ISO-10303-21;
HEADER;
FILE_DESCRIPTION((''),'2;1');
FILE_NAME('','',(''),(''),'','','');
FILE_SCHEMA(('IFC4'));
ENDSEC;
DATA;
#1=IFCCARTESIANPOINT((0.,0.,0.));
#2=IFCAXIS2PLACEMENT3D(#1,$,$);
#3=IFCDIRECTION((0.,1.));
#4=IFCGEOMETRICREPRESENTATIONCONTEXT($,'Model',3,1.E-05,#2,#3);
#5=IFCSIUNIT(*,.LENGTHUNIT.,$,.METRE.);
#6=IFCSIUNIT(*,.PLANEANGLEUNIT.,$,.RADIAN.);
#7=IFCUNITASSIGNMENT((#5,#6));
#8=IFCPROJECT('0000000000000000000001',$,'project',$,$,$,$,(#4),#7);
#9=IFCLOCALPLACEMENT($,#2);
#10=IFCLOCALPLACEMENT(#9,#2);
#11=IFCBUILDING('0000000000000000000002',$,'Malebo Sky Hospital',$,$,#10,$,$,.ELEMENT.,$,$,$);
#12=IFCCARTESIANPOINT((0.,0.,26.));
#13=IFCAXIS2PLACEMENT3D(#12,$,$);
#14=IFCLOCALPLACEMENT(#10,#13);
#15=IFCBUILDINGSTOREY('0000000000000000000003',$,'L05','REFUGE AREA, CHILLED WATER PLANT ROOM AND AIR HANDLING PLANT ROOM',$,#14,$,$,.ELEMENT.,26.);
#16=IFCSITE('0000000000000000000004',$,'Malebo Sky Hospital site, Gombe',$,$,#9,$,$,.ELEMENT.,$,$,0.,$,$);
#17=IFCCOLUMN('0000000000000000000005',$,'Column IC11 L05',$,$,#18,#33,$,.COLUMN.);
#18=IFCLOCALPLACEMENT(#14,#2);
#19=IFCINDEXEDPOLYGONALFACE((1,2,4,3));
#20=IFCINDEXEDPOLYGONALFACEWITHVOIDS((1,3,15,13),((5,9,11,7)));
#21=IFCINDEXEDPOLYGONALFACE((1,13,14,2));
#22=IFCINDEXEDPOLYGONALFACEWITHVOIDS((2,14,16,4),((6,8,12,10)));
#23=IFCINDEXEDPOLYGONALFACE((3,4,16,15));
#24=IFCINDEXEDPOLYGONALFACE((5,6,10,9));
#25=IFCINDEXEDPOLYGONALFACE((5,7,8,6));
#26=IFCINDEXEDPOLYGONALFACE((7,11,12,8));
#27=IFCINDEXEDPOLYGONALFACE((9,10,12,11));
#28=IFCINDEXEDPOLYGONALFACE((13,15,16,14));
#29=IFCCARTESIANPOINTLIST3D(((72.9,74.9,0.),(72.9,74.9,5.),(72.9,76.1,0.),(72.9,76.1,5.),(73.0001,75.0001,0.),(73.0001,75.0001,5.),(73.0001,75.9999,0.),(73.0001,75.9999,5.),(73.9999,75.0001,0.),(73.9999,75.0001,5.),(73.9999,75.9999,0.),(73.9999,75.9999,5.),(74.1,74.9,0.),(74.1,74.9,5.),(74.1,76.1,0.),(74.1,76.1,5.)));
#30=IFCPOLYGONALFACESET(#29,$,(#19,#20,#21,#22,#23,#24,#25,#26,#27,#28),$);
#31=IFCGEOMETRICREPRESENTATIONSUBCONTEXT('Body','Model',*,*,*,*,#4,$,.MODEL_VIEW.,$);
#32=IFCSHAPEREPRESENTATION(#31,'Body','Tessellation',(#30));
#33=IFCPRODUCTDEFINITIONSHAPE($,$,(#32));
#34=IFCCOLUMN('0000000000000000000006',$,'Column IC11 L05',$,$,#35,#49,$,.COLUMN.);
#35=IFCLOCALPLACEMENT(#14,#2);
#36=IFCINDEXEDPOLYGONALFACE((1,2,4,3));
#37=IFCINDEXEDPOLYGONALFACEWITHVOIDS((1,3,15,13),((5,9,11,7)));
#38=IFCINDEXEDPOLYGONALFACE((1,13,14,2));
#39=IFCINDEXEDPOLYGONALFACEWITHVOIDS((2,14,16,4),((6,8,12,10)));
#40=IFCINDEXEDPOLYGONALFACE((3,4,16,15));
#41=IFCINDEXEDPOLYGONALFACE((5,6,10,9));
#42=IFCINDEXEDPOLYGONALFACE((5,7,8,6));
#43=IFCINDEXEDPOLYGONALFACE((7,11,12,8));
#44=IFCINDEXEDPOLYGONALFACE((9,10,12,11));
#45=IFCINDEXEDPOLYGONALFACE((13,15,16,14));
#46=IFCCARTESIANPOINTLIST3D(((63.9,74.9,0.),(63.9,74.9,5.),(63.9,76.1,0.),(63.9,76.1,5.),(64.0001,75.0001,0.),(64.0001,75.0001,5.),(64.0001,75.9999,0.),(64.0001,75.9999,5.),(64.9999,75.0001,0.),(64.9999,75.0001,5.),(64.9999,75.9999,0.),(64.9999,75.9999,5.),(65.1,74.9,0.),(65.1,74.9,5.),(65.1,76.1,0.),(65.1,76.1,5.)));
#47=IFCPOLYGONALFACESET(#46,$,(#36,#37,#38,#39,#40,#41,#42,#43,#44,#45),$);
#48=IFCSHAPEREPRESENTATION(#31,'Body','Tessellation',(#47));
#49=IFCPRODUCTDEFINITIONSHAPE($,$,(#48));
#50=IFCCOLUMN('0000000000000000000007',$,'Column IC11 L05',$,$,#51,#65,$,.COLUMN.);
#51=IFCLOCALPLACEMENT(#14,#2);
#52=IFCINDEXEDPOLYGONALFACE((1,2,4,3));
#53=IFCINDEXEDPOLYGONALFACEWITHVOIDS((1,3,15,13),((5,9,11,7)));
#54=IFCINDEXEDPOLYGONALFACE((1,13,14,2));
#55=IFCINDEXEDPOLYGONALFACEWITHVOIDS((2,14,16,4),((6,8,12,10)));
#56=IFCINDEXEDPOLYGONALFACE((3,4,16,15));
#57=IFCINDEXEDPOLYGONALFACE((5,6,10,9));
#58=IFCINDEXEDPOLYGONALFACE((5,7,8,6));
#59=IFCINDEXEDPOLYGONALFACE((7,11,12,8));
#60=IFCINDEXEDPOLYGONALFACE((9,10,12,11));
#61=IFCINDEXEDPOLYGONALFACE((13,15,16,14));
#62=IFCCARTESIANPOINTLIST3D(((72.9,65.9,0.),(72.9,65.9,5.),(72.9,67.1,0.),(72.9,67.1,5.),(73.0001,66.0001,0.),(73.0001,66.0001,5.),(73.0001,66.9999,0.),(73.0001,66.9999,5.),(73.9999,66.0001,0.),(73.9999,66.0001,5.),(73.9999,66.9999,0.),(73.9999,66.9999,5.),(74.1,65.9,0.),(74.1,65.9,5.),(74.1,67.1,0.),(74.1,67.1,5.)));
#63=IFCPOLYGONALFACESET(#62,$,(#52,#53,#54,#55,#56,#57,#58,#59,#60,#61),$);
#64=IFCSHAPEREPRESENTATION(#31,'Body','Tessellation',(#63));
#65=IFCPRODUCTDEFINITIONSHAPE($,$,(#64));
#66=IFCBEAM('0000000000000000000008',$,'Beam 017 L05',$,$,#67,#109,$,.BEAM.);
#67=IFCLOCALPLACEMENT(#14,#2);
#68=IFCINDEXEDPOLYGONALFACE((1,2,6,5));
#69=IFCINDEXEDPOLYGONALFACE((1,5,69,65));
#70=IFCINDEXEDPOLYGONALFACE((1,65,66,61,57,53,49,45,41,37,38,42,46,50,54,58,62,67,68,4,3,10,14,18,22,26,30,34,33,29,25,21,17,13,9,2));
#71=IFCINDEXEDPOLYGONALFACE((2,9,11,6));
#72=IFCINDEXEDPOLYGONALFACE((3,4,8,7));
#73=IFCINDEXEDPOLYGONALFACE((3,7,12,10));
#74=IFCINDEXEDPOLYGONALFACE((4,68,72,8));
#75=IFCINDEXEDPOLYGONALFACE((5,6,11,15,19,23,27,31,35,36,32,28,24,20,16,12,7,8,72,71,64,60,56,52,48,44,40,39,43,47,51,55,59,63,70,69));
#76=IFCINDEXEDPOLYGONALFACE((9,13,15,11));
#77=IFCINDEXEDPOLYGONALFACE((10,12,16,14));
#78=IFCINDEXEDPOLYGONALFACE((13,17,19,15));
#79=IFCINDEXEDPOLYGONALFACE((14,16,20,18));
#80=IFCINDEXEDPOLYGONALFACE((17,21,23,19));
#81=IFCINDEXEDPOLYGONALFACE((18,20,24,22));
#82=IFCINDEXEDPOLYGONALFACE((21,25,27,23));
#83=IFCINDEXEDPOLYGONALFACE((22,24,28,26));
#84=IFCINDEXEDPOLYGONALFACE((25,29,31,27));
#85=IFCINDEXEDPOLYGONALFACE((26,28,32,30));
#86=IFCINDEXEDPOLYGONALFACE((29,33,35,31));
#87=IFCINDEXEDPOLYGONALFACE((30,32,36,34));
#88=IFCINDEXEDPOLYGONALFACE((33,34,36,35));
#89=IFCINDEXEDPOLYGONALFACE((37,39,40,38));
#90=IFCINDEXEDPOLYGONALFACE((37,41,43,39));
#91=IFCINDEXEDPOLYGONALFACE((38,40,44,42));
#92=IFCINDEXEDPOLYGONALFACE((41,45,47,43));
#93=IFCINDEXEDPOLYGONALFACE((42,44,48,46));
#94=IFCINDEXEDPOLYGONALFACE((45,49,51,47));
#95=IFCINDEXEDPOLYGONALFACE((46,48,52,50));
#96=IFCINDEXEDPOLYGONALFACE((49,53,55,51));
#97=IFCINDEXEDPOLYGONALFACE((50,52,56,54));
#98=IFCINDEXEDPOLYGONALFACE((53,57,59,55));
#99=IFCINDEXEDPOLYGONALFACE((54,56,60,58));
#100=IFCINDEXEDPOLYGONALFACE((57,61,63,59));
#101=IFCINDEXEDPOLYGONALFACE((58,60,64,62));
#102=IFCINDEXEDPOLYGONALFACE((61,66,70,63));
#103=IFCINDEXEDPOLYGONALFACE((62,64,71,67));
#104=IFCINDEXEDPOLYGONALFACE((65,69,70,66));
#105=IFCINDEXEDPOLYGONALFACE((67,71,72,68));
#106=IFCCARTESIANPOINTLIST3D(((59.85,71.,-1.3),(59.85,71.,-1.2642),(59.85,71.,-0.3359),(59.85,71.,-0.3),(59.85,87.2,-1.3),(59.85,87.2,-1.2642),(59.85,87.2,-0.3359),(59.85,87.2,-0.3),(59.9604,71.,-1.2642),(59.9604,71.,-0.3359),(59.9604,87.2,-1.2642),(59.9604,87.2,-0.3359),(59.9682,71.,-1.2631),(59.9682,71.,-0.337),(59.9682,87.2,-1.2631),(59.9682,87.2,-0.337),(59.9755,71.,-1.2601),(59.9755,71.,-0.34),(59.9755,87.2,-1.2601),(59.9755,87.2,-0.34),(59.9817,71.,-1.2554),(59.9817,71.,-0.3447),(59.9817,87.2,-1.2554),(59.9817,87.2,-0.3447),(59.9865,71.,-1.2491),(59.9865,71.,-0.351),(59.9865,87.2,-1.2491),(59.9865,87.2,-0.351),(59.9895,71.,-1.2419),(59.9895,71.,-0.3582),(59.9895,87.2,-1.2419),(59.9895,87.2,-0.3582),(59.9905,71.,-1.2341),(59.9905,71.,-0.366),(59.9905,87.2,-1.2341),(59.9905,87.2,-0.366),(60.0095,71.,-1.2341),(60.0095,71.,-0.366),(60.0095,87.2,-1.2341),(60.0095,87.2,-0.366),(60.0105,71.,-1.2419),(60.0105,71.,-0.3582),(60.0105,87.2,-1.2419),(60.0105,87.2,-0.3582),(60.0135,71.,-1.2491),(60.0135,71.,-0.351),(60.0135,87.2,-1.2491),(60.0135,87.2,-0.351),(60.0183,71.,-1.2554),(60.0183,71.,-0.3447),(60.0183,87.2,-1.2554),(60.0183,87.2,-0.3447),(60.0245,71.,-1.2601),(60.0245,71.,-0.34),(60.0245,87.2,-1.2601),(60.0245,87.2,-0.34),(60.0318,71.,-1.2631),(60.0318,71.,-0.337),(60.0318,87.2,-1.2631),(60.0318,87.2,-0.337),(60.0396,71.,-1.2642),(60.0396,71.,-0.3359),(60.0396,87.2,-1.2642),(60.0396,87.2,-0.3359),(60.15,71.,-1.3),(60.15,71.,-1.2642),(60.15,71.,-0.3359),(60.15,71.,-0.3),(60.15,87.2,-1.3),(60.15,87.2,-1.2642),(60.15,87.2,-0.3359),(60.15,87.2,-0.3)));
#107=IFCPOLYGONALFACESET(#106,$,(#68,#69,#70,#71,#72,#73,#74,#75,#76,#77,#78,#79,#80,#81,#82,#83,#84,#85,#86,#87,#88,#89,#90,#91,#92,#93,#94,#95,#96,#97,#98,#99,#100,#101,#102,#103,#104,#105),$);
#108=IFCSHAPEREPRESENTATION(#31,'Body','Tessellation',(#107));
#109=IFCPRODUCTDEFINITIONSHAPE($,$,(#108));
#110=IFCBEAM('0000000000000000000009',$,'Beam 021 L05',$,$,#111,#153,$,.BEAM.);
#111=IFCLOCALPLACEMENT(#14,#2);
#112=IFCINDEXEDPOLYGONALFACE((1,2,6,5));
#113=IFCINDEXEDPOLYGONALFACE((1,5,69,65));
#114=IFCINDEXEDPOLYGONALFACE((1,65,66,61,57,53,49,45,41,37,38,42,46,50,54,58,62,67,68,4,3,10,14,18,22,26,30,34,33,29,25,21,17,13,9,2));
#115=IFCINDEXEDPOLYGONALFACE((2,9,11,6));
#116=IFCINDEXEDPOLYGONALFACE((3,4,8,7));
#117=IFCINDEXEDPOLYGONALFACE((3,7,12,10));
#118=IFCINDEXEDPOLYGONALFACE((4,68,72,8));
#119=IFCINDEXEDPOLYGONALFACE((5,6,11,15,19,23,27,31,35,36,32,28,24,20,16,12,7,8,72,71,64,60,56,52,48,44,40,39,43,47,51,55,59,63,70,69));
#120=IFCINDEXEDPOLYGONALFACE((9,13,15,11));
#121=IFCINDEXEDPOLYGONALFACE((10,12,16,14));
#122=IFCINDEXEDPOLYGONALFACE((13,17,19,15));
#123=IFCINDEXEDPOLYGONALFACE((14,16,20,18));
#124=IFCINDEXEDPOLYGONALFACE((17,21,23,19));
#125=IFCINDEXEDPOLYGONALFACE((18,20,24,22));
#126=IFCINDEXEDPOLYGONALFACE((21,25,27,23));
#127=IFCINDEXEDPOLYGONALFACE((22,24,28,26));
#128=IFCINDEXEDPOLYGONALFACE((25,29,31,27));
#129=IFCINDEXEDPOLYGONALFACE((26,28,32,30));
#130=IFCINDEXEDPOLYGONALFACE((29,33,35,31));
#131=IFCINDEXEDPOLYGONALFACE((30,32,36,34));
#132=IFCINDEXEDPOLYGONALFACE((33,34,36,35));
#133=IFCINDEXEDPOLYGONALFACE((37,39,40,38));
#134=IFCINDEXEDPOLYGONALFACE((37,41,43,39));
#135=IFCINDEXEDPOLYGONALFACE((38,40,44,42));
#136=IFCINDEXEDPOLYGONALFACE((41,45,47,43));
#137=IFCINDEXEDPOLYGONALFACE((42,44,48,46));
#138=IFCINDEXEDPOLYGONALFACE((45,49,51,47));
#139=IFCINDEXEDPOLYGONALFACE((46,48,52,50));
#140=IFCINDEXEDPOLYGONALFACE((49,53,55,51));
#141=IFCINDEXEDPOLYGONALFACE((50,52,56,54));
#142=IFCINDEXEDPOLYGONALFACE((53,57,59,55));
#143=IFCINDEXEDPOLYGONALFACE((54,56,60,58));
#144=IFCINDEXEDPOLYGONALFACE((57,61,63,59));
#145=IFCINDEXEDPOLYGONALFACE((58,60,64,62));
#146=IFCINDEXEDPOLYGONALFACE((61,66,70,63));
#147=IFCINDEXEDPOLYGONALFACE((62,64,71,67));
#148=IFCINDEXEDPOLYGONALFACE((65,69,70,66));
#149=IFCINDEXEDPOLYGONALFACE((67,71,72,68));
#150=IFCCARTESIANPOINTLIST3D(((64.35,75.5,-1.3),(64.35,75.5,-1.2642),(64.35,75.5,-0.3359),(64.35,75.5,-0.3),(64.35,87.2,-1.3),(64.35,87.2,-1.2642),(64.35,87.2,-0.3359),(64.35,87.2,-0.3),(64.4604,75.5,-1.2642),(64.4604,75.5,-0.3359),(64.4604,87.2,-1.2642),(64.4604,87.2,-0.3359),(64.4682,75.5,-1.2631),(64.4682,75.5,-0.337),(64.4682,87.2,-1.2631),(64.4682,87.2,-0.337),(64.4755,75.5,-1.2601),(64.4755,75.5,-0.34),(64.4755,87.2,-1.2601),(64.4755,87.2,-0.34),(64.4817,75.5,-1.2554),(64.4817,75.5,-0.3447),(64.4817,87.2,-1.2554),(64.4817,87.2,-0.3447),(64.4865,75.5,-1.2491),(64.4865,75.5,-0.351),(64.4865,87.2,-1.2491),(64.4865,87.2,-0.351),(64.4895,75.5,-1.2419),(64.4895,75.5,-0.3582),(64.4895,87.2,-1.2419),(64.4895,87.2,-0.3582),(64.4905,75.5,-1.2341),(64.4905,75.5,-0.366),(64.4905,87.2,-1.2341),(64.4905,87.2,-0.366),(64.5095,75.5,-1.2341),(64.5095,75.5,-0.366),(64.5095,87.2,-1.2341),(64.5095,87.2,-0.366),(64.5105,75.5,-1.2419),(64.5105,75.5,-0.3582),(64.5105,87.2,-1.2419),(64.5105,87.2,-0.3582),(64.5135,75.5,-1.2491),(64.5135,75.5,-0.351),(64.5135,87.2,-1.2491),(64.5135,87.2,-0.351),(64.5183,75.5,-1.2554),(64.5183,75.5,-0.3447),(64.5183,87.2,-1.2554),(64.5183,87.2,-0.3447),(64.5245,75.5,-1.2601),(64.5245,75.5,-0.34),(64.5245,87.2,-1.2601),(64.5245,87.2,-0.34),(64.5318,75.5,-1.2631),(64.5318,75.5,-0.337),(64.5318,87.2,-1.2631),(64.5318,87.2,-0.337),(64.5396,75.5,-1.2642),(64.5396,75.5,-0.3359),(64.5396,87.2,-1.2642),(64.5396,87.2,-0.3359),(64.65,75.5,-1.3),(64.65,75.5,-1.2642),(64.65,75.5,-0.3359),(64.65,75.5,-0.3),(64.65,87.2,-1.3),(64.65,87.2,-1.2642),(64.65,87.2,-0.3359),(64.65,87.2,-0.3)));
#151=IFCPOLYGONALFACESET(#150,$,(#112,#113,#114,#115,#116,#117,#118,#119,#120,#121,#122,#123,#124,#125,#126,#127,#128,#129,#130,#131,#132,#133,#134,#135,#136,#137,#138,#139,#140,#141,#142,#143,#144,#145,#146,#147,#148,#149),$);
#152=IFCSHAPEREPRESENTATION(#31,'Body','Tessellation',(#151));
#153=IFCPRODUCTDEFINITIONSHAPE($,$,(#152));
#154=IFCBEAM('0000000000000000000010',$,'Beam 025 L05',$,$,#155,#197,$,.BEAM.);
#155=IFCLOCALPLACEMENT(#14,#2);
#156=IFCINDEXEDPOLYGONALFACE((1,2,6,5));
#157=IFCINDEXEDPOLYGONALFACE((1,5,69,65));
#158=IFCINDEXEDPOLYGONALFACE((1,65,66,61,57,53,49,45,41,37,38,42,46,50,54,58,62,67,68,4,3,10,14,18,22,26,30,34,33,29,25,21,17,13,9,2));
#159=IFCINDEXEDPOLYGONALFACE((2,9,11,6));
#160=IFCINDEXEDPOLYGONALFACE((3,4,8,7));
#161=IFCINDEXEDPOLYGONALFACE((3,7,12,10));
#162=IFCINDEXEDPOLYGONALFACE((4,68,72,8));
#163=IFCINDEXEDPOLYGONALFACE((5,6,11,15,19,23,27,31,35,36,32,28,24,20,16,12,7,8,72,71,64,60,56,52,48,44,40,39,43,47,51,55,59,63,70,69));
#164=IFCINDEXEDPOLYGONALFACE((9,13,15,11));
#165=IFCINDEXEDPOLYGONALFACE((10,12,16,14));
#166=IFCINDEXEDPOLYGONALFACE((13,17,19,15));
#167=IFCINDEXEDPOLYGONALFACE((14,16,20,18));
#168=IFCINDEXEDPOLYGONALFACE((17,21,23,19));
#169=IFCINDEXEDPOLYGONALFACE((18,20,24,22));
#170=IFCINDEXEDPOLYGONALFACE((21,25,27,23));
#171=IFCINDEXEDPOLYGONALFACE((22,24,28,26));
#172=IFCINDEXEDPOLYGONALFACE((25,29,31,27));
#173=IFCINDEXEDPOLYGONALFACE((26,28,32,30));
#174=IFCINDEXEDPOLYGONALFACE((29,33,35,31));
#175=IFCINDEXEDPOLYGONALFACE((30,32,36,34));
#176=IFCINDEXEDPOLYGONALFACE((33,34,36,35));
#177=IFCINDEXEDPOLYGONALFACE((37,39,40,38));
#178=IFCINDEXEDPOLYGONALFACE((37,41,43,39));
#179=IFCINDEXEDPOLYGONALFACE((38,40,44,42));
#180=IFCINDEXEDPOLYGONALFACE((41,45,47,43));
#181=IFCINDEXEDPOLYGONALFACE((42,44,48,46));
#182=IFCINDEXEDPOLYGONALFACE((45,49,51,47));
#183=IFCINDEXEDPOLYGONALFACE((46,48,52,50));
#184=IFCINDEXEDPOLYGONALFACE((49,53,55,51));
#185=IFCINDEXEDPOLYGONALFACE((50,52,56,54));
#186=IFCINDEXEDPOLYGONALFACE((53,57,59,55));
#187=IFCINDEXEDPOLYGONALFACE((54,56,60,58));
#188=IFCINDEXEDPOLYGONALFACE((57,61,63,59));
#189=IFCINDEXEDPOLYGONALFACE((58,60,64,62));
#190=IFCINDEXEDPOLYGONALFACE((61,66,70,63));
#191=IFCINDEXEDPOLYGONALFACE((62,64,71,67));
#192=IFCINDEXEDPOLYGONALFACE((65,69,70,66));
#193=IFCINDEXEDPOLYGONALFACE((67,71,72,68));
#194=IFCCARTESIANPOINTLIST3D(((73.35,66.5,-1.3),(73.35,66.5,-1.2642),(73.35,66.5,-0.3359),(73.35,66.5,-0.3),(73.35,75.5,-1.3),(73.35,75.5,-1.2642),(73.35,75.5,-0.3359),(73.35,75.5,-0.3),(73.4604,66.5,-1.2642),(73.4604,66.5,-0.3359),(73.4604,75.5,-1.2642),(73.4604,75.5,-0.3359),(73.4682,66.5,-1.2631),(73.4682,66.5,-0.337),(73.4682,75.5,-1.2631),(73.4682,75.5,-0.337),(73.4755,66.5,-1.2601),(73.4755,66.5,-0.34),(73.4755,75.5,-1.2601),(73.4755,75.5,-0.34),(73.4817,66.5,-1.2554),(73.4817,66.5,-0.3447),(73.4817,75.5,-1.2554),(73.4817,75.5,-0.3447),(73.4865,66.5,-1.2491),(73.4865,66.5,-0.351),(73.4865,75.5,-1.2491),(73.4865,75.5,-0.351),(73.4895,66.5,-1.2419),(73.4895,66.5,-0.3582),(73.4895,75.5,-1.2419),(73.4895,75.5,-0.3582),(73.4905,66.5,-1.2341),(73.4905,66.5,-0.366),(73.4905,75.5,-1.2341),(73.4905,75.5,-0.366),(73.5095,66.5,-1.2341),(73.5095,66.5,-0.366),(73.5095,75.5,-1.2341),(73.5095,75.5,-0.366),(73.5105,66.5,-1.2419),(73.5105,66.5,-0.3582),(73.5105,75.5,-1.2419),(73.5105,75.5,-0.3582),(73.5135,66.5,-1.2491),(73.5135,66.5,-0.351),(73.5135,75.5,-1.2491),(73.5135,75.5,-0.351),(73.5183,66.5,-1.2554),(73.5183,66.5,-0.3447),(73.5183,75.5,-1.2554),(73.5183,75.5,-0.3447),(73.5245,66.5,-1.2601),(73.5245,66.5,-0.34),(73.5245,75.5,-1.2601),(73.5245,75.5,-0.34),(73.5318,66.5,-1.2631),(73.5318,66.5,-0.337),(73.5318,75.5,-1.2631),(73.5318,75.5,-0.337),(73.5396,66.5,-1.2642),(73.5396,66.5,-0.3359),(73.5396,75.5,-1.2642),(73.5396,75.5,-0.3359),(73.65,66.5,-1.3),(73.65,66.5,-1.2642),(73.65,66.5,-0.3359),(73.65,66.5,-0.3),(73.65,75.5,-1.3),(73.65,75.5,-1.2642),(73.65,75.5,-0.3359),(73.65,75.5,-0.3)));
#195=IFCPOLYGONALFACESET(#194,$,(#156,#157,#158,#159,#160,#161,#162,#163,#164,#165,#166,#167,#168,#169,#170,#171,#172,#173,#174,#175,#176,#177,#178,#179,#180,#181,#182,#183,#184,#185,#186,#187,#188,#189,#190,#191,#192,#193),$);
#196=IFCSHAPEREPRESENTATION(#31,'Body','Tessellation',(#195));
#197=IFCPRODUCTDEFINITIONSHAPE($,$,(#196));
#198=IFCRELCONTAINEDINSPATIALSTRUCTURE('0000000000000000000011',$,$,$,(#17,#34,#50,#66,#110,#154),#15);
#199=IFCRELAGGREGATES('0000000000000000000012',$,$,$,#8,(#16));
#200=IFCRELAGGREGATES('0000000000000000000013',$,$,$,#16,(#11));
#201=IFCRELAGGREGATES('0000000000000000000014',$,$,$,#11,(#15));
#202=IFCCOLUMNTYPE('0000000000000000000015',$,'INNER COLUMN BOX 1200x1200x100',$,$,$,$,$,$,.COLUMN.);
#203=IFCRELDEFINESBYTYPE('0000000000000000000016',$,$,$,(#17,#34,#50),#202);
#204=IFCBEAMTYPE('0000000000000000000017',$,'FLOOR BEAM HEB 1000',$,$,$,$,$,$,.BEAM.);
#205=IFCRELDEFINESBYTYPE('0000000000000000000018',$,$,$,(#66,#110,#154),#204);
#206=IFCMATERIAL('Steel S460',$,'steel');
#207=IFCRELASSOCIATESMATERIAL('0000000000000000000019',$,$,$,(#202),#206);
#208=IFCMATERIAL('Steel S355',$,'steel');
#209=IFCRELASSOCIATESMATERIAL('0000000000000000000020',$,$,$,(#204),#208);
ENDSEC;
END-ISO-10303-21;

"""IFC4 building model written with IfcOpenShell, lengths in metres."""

from ifc_helpers import new_model, si_unit, direction, frame, origin, origin_2d, place, context, subcontext, project, spatial, hollow_rectangle, i_section, extrude, material, material_profile, profile_set, type_object, element, save


model = new_model("IFC4")

# Units and contexts
model_context = context("Model", 3, precision=1e-05, world=origin(), true_north=direction((0.0, 1.0)))
body_context = subcontext(model_context, "Body", "Model", "MODEL_VIEW")
ifc_project = project(units=[si_unit("LENGTHUNIT", "METRE"), si_unit("PLANEANGLEUNIT", "RADIAN")], contexts=[model_context])

# Site, building, storey
site_placement = place(None, origin())
site = spatial("IfcSite", under=ifc_project, at=site_placement, Name="Malebo Sky Hospital site, Gombe", CompositionType="ELEMENT", RefElevation=0.0)
building_placement = place(site_placement, origin())
building = spatial("IfcBuilding", under=site, at=building_placement, Name="Malebo Sky Hospital", CompositionType="ELEMENT")
storey_placement = place(building_placement, frame((0.0, 0.0, 26.0)))
storey = spatial("IfcBuildingStorey", under=building, at=storey_placement, Name="L05", Description="REFUGE AREA, CHILLED WATER PLANT ROOM AND AIR HANDLING PLANT ROOM", CompositionType="ELEMENT", Elevation=26.0)

# Columns
ifc_material_1 = material(Name="Steel S460", Category="steel")
ifc_material_profile_1 = material_profile(ifc_material_1, hollow_rectangle(XDim=1.2, YDim=1.2, WallThickness=0.1001, at=origin_2d()), Name="BOX 1200x1200x100")
ifc_profile_set_1 = profile_set([ifc_material_profile_1], Name="Steel S460")
column_type = type_object("IfcColumnType", Name="INNER COLUMN BOX 1200x1200x100", PredefinedType="COLUMN", material=ifc_profile_set_1)
for number, where, z_axis, x_axis, name in (
    (1, (73.5, 75.5, 0.0), (0.0, 0.0, 1.0), (1.0, 0.0, 0.0), "Column IC11 L05"),
    (2, (64.5, 75.5, 0.0), (0.0, 0.0, 1.0), (1.0, 0.0, 0.0), "Column IC11 L05"),
    (3, (73.5, 66.5, 0.0), (0.0, 0.0, 1.0), (1.0, 0.0, 0.0), "Column IC11 L05"),
):
    element("IfcColumn", number, at=place(storey_placement, frame(where, z_axis=z_axis, x_axis=x_axis)), inside=storey, type_object=column_type, Name=name, PredefinedType="COLUMN", context=body_context, shape_type="SweptSolid", body=[
        extrude(hollow_rectangle(XDim=1.2, YDim=1.2, WallThickness=0.1001, at=origin_2d()), origin(), (0.0, 0.0, 1.0), 5.0),
    ])

# Beams
ifc_material_2 = material(Name="Steel S355", Category="steel")
ifc_material_profile_2 = material_profile(ifc_material_2, i_section(OverallWidth=0.3, OverallDepth=1.0, WebThickness=0.019, FlangeThickness=0.0359, FilletRadius=0.03, at=origin_2d()), Name="HEB 1000")
ifc_profile_set_2 = profile_set([ifc_material_profile_2], Name="Steel S355")
beam_type_1 = type_object("IfcBeamType", Name="FLOOR BEAM HEB 1000", PredefinedType="BEAM", material=ifc_profile_set_2)
beam_1_placement = place(storey_placement, frame((60.0, 71.0, -0.8), z_axis=(0.0, 1.0, 0.0), x_axis=(-1.0, 0.0, 0.0)))
element("IfcBeam", 4, at=beam_1_placement, inside=storey, type_object=beam_type_1, Name="Beam 017 L05", PredefinedType="BEAM", context=body_context, shape_type="SweptSolid", body=[
    extrude(i_section(OverallWidth=0.3, OverallDepth=1.0, WebThickness=0.019, FlangeThickness=0.0359, FilletRadius=0.03, at=origin_2d()), origin(), (0.0, 0.0, 1.0), 16.2),
])
beam_2_placement = place(storey_placement, frame((64.5, 75.5, -0.8), z_axis=(0.0, 1.0, 0.0), x_axis=(-1.0, 0.0, 0.0)))
element("IfcBeam", 5, at=beam_2_placement, inside=storey, type_object=beam_type_1, Name="Beam 021 L05", PredefinedType="BEAM", context=body_context, shape_type="SweptSolid", body=[
    extrude(i_section(OverallWidth=0.3, OverallDepth=1.0, WebThickness=0.019, FlangeThickness=0.0359, FilletRadius=0.03, at=origin_2d()), origin(), (0.0, 0.0, 1.0), 11.7),
])
beam_3_placement = place(storey_placement, frame((73.5, 66.5, -0.8), z_axis=(0.0, 1.0, 0.0), x_axis=(-1.0, 0.0, 0.0)))
element("IfcBeam", 6, at=beam_3_placement, inside=storey, type_object=beam_type_1, Name="Beam 025 L05", PredefinedType="BEAM", context=body_context, shape_type="SweptSolid", body=[
    extrude(i_section(OverallWidth=0.3, OverallDepth=1.0, WebThickness=0.019, FlangeThickness=0.0359, FilletRadius=0.03, at=origin_2d()), origin(), (0.0, 0.0, 1.0), 9.0),
])

save(model, "model.ifc")
